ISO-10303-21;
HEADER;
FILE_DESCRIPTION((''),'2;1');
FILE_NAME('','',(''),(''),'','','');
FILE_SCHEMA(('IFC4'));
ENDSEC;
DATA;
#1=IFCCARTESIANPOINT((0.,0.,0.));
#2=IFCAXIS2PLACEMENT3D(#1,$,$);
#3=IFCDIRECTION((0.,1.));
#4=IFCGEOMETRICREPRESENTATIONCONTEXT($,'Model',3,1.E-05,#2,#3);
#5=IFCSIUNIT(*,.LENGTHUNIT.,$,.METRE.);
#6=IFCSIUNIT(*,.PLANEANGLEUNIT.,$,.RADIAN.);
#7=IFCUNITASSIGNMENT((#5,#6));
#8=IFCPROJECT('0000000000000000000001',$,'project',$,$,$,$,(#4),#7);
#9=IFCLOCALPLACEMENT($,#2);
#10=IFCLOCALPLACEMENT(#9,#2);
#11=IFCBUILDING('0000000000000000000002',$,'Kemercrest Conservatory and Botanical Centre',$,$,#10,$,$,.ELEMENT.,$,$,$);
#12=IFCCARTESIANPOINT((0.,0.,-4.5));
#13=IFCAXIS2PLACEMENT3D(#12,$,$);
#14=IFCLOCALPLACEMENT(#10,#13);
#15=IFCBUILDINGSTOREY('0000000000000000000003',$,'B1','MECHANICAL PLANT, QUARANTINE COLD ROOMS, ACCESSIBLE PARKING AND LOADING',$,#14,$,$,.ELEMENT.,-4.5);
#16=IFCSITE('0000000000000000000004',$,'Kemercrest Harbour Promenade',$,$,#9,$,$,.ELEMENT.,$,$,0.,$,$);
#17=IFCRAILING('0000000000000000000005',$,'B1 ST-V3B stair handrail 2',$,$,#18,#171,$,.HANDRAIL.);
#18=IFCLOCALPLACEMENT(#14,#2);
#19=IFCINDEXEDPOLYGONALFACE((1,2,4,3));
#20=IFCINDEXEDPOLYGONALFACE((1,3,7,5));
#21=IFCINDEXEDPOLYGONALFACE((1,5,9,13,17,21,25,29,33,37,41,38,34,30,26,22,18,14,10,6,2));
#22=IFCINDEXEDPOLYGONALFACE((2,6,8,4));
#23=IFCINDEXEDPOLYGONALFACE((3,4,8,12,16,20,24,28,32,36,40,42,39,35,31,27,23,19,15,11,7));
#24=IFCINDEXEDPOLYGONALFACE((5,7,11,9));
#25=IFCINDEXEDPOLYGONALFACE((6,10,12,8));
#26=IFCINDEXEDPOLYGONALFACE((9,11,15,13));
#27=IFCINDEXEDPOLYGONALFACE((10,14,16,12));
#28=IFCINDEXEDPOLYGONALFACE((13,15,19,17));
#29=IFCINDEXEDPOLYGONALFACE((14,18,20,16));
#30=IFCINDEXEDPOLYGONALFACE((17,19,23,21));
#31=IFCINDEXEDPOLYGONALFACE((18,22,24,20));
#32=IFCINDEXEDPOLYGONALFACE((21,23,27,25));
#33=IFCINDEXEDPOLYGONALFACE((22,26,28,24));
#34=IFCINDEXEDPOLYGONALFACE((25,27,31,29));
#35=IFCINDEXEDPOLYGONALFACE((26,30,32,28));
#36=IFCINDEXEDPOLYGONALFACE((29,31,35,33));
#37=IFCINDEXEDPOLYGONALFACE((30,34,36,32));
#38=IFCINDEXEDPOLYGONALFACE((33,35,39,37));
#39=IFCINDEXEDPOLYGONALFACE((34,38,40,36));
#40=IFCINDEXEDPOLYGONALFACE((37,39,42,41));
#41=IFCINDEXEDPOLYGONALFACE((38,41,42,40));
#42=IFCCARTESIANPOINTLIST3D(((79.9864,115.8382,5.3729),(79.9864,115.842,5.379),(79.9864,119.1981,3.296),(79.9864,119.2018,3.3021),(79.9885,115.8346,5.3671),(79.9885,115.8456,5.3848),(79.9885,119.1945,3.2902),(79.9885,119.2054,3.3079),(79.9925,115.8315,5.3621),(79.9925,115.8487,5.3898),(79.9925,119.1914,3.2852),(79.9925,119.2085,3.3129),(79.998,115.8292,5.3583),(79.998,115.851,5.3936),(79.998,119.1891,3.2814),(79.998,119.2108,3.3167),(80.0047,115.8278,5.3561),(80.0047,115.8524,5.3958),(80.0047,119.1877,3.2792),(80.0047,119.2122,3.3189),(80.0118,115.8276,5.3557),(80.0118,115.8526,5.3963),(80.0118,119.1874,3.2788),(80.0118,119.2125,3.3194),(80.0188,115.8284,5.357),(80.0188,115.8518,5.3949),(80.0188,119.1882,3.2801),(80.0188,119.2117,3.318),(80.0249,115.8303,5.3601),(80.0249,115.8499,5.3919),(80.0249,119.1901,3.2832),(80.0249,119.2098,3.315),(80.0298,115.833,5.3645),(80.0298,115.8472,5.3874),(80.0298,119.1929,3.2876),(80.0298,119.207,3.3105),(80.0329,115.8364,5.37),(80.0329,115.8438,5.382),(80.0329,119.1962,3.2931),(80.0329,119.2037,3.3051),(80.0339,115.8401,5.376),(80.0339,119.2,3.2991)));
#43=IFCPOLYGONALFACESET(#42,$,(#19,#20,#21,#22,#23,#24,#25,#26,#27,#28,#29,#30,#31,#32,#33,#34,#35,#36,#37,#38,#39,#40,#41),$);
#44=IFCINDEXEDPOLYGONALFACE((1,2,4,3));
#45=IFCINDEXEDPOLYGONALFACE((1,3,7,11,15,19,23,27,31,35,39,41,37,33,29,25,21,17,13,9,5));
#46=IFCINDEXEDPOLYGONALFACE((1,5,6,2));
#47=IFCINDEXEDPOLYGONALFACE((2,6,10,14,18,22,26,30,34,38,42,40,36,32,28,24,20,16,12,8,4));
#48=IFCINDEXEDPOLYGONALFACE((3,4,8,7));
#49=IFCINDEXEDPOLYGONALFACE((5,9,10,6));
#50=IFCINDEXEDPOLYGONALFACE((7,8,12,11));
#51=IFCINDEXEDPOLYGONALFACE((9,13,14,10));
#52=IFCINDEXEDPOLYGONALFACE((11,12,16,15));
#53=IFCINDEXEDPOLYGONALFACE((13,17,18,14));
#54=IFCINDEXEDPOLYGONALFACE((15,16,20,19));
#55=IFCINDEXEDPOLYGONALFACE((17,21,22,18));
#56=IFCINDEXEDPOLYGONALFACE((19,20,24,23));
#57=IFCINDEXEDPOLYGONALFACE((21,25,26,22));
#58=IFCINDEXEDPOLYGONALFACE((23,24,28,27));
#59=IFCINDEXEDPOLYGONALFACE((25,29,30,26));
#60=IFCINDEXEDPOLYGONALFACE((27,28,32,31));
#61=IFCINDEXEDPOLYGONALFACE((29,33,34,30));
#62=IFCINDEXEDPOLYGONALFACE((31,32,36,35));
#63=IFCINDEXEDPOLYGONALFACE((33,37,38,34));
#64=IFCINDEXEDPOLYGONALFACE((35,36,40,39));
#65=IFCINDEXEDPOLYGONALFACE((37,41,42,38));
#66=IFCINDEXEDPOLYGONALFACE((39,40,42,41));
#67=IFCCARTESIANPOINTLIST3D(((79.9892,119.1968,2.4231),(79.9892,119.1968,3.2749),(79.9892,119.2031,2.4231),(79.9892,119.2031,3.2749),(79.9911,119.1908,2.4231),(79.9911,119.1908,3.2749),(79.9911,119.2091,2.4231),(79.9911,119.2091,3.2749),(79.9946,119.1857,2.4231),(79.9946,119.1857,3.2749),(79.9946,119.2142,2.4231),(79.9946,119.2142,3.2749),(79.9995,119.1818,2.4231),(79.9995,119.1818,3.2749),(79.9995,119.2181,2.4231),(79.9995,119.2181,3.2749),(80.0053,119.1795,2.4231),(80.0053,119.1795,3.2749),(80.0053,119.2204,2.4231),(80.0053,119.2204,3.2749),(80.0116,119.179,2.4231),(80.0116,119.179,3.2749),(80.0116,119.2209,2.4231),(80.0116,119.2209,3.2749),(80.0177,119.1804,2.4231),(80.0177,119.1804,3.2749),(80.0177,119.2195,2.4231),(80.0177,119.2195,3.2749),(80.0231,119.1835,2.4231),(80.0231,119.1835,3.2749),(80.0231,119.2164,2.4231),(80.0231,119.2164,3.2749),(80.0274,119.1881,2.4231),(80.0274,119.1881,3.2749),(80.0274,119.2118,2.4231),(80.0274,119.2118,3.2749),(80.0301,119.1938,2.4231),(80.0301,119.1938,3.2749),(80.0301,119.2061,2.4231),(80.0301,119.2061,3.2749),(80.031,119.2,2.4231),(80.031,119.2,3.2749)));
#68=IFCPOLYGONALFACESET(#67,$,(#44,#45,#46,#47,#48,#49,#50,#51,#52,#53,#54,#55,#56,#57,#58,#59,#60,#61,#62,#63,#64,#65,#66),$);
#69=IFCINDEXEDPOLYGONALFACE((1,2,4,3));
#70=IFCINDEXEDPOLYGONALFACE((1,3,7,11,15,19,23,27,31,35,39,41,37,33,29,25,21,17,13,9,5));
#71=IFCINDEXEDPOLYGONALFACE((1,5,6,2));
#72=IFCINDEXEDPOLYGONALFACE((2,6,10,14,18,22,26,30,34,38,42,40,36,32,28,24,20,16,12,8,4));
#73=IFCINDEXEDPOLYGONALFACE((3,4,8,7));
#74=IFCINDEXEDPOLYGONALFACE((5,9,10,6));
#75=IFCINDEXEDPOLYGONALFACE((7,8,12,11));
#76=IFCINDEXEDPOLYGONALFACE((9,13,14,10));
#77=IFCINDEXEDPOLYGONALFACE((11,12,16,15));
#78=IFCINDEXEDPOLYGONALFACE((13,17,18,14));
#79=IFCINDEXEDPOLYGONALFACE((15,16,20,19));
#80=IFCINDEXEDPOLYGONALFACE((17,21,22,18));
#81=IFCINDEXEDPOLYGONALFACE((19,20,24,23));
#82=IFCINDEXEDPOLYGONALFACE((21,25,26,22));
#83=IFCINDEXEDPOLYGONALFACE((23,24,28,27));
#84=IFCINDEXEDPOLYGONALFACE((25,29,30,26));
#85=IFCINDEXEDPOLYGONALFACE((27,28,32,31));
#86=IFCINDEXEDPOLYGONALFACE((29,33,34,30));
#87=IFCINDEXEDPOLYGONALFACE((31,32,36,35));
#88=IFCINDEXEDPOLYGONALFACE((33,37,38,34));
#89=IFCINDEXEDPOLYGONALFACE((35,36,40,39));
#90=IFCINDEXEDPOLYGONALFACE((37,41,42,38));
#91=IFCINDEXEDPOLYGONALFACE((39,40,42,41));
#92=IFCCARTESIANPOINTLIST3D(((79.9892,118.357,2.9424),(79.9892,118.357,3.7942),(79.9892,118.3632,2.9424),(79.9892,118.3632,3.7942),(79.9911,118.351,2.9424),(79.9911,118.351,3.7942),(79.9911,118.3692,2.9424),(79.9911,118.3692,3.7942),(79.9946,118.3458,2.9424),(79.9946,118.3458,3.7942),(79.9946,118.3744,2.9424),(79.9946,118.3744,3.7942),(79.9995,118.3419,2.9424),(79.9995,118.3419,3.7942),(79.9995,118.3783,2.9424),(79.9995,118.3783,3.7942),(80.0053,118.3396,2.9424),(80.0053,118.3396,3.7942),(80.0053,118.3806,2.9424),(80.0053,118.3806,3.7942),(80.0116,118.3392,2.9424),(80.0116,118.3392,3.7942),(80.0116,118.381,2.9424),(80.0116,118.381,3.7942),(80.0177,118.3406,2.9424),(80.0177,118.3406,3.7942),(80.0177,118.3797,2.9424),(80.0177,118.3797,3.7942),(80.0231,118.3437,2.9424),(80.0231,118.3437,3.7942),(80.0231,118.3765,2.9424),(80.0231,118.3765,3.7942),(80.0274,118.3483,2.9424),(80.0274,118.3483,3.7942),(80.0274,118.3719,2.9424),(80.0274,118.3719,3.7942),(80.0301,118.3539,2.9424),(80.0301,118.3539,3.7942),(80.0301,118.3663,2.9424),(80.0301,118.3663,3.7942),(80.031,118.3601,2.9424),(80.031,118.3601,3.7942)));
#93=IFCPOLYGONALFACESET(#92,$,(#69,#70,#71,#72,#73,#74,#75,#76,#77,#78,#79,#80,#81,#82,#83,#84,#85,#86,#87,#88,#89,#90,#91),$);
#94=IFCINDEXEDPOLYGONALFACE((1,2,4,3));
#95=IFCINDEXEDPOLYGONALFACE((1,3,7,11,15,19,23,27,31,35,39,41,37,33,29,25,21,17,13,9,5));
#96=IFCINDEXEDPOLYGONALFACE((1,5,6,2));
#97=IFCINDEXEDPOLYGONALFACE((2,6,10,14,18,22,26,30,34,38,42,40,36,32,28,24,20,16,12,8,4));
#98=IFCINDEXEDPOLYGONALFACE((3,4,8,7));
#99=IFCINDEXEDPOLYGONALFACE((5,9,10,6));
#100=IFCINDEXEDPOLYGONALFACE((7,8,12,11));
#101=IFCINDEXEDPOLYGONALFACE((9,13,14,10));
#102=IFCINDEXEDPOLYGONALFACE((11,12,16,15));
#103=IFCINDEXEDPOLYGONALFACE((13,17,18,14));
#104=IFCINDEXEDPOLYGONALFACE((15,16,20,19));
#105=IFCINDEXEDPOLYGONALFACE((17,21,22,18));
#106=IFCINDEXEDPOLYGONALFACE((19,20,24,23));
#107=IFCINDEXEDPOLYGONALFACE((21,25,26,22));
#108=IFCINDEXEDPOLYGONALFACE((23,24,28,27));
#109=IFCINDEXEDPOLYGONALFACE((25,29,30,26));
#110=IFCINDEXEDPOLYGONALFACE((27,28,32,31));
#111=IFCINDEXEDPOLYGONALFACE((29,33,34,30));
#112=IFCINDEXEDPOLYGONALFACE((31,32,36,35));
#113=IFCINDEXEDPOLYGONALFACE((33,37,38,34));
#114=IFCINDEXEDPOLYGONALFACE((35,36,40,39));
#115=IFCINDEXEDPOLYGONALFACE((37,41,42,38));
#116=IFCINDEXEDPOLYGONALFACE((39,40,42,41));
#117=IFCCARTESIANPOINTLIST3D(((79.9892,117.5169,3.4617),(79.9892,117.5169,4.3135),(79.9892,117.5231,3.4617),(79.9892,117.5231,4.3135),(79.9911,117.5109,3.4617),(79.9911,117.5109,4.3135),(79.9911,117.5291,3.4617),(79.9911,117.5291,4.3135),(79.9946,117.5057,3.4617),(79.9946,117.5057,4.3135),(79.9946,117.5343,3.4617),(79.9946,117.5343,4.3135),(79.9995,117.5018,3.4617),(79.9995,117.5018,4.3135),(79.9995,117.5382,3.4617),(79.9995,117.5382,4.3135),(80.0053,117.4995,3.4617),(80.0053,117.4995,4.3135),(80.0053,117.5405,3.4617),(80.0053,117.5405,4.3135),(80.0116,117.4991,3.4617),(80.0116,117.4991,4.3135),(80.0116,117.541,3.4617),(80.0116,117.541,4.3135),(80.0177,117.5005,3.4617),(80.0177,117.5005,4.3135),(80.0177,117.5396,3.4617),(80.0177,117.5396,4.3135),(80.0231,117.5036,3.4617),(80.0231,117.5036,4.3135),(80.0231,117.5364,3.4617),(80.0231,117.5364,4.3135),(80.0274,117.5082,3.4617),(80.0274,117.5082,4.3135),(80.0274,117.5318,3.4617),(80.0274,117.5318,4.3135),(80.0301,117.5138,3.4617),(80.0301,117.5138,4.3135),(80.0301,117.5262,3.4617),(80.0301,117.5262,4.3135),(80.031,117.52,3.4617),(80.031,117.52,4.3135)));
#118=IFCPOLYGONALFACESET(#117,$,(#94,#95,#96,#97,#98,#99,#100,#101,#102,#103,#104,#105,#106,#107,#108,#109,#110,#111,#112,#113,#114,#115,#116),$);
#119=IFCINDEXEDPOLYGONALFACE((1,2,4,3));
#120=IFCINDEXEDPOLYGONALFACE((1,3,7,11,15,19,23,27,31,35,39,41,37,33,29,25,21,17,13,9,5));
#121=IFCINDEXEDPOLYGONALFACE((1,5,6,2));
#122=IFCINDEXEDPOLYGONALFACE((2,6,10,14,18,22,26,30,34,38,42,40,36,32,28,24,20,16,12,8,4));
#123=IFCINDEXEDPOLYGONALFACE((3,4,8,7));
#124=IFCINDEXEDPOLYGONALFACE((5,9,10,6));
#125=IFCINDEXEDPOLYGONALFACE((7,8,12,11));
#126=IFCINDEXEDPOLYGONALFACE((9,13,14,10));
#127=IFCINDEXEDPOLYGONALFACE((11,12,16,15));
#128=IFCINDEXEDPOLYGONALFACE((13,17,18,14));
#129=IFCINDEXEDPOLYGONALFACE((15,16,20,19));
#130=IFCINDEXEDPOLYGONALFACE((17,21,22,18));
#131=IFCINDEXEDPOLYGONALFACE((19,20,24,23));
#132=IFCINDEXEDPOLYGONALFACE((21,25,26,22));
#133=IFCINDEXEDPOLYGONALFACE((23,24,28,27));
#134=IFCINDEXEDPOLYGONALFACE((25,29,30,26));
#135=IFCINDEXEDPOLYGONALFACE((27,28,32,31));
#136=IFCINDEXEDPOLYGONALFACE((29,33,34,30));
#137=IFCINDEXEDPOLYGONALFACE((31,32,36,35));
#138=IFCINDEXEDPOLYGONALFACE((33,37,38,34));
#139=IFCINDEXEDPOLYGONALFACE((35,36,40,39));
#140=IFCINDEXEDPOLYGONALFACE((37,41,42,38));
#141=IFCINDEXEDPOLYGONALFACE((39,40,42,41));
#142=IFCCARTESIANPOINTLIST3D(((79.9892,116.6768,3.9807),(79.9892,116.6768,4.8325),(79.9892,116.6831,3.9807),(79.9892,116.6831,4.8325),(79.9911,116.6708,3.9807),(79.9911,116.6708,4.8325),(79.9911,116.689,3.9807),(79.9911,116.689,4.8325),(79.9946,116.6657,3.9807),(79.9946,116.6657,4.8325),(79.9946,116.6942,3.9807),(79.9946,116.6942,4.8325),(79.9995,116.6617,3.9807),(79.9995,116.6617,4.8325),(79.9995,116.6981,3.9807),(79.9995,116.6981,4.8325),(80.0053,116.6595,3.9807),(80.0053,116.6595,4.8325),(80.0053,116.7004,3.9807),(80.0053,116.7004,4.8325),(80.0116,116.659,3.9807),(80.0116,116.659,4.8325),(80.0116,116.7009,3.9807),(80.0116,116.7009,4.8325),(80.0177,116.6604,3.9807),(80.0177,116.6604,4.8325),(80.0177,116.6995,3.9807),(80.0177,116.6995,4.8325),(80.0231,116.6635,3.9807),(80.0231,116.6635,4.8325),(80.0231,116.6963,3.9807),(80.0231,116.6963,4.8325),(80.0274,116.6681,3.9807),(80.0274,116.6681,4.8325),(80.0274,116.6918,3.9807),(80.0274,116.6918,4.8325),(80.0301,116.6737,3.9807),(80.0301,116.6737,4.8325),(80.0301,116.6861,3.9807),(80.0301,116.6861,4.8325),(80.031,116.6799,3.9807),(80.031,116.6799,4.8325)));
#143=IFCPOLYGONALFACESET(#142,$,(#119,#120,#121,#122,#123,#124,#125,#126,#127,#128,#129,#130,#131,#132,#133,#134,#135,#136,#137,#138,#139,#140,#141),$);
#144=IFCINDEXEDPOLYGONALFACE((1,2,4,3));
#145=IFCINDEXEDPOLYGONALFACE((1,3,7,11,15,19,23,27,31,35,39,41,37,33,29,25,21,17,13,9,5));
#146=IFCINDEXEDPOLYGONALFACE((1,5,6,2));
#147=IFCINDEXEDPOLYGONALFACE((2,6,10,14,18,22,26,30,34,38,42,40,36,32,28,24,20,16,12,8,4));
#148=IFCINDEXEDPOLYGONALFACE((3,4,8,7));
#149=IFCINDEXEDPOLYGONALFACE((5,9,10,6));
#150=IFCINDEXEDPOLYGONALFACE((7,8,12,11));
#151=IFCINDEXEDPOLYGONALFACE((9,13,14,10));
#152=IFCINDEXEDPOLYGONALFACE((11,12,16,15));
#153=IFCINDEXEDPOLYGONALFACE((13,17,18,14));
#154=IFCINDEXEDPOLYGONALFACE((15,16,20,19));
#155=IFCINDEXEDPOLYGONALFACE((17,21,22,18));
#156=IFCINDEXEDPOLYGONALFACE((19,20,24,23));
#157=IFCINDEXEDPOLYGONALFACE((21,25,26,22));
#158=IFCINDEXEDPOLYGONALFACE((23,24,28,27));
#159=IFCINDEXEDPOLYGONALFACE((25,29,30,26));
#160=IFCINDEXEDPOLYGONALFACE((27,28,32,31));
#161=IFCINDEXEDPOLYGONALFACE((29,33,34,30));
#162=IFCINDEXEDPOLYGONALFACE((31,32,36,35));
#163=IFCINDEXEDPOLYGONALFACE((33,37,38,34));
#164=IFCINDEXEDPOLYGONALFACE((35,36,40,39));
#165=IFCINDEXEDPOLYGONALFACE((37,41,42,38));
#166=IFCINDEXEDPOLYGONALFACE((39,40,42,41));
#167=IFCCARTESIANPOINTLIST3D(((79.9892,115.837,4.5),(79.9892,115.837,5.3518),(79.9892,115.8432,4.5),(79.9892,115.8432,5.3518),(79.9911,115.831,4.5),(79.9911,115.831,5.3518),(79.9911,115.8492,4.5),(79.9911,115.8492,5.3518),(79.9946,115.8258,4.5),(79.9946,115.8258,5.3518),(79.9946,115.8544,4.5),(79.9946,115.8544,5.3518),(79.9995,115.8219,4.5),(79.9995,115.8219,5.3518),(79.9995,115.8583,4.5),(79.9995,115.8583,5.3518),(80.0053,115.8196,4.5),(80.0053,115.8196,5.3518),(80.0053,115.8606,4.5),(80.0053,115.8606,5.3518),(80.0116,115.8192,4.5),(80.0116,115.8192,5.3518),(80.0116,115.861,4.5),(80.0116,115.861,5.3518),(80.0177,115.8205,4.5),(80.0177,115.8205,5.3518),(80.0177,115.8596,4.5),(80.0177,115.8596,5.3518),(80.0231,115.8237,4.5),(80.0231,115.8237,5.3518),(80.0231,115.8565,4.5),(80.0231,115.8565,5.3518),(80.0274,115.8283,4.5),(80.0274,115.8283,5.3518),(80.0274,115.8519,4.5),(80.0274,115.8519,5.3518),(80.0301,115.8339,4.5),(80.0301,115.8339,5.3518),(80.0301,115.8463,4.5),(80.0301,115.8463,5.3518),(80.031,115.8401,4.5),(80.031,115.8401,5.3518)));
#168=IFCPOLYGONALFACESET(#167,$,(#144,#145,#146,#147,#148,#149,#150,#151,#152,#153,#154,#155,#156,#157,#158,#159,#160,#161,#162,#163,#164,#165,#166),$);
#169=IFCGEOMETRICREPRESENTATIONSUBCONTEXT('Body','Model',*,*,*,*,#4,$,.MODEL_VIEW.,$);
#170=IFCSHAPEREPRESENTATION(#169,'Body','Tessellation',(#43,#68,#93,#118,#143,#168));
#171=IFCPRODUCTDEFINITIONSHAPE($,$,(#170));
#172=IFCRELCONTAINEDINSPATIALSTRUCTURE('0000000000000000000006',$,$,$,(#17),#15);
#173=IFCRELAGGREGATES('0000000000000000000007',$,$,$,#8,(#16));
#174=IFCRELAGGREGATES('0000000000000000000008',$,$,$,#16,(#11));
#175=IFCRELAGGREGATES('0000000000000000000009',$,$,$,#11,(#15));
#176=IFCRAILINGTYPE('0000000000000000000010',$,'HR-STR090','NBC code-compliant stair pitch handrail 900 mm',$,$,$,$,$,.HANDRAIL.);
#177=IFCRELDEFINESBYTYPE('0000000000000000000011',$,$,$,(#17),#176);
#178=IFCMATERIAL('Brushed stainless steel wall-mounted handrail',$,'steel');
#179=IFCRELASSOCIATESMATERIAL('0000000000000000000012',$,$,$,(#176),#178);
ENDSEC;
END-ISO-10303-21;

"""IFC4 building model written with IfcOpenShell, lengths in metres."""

from ifc_helpers import new_model, si_unit, direction, frame, origin, origin_2d, place, context, subcontext, project, spatial, circle, extrude, material, type_object, element, save


model = new_model("IFC4")

# Units and contexts
model_context = context("Model", 3, precision=1e-05, world=origin(), true_north=direction((0.0, 1.0)))
body_context = subcontext(model_context, "Body", "Model", "MODEL_VIEW")
ifc_project = project(units=[si_unit("LENGTHUNIT", "METRE"), si_unit("PLANEANGLEUNIT", "RADIAN")], contexts=[model_context])

# Site, building, storey
site_placement = place(None, origin())
site = spatial("IfcSite", under=ifc_project, at=site_placement, Name="Kemercrest Harbour Promenade", CompositionType="ELEMENT", RefElevation=0.0)
building_placement = place(site_placement, origin())
building = spatial("IfcBuilding", under=site, at=building_placement, Name="Kemercrest Conservatory and Botanical Centre", CompositionType="ELEMENT")
storey_placement = place(building_placement, frame((0.0, 0.0, -4.5)))
storey = spatial("IfcBuildingStorey", under=building, at=storey_placement, Name="B1", Description="MECHANICAL PLANT, QUARANTINE COLD ROOMS, ACCESSIBLE PARKING AND LOADING", CompositionType="ELEMENT", Elevation=-4.5)

# Railing
ifc_material_1 = material(Name="Brushed stainless steel wall-mounted handrail", Category="steel")
railing_type_1 = type_object("IfcRailingType", Name="HR-STR090", Description="NBC code-compliant stair pitch handrail 900 mm", PredefinedType="HANDRAIL", material=ifc_material_1)
railing_1_placement = place(storey_placement, frame((80.01, 119.2, 2.4231)))
element("IfcRailing", 1, at=railing_1_placement, inside=storey, type_object=railing_type_1, Name="B1 ST-V3B stair handrail 2", PredefinedType="HANDRAIL", context=body_context, shape_type="SweptSolid", body=[
    extrude(circle(Radius=0.0239, at=origin_2d()), frame((0.0, 0.0, 0.876), z_axis=(0.0, -0.850606, 0.525803), x_axis=(1.0, 0.0, 0.0)), (0.0, 0.0, 1.0), 3.95),
    extrude(circle(Radius=0.021, at=origin_2d()), origin(), (0.0, 0.0, 1.0), 0.8518),
    extrude(circle(Radius=0.021, at=origin_2d()), frame((0.0, -0.8398, 0.5193)), (0.0, 0.0, 1.0), 0.8518),
    extrude(circle(Radius=0.021, at=origin_2d()), frame((0.0, -1.6799, 1.0386)), (0.0, 0.0, 1.0), 0.8518),
    extrude(circle(Radius=0.021, at=origin_2d()), frame((0.0, -2.52, 1.5576)), (0.0, 0.0, 1.0), 0.8518),
    extrude(circle(Radius=0.021, at=origin_2d()), frame((0.0, -3.3599, 2.0769)), (0.0, 0.0, 1.0), 0.8518),
])

save(model, "model.ifc")
